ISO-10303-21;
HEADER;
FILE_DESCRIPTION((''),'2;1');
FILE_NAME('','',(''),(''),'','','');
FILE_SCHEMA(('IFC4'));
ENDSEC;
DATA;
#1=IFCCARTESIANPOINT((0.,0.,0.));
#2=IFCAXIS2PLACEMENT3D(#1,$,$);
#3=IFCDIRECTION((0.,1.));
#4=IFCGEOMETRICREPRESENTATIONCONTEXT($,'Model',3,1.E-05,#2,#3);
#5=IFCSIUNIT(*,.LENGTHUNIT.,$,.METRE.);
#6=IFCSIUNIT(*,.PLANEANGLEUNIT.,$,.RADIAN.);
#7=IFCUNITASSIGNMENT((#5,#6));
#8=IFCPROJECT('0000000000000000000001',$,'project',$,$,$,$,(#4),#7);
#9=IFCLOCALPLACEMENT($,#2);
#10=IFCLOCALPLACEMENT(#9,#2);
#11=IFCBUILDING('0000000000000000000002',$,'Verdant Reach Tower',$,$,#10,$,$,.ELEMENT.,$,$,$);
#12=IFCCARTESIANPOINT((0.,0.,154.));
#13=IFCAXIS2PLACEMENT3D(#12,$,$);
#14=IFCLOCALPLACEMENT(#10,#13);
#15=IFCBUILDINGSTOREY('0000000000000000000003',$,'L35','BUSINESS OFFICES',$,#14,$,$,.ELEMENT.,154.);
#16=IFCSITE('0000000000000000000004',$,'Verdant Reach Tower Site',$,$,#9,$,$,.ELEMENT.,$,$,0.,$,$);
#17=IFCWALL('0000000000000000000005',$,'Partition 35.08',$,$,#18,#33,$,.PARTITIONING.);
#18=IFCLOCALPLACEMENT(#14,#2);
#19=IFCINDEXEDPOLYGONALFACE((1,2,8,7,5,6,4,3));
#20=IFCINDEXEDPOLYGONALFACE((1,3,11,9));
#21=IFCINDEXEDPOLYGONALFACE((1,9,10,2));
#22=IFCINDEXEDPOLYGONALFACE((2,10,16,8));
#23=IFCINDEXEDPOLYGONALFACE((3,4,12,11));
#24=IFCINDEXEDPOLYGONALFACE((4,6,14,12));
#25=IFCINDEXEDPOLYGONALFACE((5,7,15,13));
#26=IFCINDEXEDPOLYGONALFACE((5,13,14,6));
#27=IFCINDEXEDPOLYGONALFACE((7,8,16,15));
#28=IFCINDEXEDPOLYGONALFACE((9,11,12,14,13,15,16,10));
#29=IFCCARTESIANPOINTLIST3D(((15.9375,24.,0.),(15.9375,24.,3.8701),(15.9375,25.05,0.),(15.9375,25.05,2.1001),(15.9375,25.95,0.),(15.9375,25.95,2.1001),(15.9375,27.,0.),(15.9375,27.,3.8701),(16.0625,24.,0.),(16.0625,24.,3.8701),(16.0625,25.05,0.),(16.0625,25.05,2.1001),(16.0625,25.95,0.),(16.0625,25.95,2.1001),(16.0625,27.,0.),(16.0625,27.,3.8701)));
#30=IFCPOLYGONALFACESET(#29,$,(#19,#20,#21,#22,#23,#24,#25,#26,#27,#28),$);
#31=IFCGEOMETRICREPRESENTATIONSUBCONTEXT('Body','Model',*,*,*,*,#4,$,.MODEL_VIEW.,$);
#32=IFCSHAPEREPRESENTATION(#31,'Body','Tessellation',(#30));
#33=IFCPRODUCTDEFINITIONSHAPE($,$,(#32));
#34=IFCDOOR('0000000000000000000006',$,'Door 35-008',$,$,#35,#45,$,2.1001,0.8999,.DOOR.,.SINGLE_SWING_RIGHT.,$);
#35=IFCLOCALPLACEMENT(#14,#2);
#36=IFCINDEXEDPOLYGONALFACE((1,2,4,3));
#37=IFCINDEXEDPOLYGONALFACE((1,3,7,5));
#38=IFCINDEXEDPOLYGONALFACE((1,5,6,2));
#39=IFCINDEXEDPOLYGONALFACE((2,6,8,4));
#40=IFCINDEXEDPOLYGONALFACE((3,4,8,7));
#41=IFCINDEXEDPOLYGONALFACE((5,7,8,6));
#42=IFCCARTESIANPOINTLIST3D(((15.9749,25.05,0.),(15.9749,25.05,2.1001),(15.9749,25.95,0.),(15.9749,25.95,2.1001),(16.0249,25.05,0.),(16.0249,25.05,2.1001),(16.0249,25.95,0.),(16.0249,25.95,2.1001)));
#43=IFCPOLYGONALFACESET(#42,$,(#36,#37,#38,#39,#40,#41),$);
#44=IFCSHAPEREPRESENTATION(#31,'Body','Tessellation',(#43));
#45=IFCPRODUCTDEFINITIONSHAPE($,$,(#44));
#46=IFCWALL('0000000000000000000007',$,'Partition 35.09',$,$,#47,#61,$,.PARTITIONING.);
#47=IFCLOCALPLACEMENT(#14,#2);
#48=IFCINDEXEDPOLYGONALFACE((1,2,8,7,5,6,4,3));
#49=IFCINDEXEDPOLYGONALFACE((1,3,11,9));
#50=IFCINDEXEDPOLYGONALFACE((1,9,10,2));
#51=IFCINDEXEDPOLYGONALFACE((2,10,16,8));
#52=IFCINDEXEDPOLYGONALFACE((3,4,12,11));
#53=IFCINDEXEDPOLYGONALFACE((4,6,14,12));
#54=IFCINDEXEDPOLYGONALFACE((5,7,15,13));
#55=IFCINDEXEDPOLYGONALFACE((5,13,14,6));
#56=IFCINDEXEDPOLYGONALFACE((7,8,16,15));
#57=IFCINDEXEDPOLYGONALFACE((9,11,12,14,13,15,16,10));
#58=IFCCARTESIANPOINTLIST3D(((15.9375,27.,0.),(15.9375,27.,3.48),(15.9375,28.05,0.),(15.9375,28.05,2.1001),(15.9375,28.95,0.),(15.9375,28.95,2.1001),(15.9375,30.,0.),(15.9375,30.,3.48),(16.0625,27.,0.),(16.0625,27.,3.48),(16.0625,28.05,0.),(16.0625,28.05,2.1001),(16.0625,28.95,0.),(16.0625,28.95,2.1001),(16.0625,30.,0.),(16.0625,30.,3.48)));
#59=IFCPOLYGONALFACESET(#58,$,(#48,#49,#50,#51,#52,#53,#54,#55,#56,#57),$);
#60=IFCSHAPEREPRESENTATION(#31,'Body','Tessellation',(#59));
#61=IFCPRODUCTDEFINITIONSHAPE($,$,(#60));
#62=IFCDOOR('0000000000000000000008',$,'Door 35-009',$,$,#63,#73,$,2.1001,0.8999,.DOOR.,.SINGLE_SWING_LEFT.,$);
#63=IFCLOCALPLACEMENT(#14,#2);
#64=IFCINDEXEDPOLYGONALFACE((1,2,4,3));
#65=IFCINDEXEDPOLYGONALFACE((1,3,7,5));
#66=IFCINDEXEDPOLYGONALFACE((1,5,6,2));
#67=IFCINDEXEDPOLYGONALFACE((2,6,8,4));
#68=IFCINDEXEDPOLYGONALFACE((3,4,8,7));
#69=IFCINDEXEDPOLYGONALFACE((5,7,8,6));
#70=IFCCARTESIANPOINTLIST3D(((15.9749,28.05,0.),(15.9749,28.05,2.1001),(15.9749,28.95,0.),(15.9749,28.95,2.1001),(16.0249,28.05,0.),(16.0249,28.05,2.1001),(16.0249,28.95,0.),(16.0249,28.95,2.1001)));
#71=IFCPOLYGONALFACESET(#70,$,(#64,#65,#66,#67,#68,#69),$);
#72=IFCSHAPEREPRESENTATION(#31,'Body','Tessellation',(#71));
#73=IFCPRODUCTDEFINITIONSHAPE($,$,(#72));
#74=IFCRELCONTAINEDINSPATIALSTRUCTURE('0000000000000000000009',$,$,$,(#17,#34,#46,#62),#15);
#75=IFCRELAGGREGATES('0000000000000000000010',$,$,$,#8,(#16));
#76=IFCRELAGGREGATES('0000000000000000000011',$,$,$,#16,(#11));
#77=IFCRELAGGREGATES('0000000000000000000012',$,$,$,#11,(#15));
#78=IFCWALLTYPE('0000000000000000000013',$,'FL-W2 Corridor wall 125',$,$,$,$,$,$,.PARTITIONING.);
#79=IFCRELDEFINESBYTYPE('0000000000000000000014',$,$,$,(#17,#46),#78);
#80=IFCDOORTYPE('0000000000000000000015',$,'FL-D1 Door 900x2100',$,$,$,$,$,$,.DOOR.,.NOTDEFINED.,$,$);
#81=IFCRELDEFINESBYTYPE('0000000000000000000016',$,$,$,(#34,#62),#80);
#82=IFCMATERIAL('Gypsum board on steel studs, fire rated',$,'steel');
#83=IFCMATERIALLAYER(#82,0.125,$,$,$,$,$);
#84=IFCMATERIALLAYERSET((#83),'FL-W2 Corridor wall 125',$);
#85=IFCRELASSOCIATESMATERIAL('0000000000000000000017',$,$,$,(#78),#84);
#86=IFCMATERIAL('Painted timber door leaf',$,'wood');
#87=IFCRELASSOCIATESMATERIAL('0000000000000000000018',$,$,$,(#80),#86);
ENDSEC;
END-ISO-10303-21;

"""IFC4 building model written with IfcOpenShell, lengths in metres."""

from ifc_helpers import new_model, si_unit, direction, frame, frame_2d, origin, place, context, subcontext, project, spatial, rectangle, extrude, material, layer, layer_set, type_object, element, fill, save


model = new_model("IFC4")

# Units and contexts
model_context = context("Model", 3, precision=1e-05, world=origin(), true_north=direction((0.0, 1.0)))
body_context = subcontext(model_context, "Body", "Model", "MODEL_VIEW")
ifc_project = project(units=[si_unit("LENGTHUNIT", "METRE"), si_unit("PLANEANGLEUNIT", "RADIAN")], contexts=[model_context])

# Site, building, storey
site_placement = place(None, origin())
site = spatial("IfcSite", under=ifc_project, at=site_placement, Name="Verdant Reach Tower Site", CompositionType="ELEMENT", RefElevation=0.0)
building_placement = place(site_placement, origin())
building = spatial("IfcBuilding", under=site, at=building_placement, Name="Verdant Reach Tower", CompositionType="ELEMENT")
storey_placement = place(building_placement, frame((0.0, 0.0, 154.0)))
storey = spatial("IfcBuildingStorey", under=building, at=storey_placement, Name="L35", Description="BUSINESS OFFICES", CompositionType="ELEMENT", Elevation=154.0)

# Walls, openings, doors
ifc_material_1 = material(Name="Gypsum board on steel studs, fire rated", Category="steel")
ifc_layer_1 = layer(ifc_material_1, 0.125)
ifc_layer_set_1 = layer_set([ifc_layer_1], Name="FL-W2 Corridor wall 125")
wall_type_1 = type_object("IfcWallType", Name="FL-W2 Corridor wall 125", PredefinedType="PARTITIONING", material=ifc_layer_set_1)
ifc_material_2 = material(Name="Painted timber door leaf", Category="wood")
door_type_1 = type_object("IfcDoorType", Name="FL-D1 Door 900x2100", OperationType="NOTDEFINED", PredefinedType="DOOR", material=ifc_material_2)
wall_1_placement = place(storey_placement, frame((16.0, 27.0, 0.0), z_axis=(0.0, 0.0, 1.0), x_axis=(0.0, -1.0, 0.0)))
wall_1 = element("IfcWall", 1, at=wall_1_placement, inside=storey, type_object=wall_type_1, Name="Partition 35.08", PredefinedType="PARTITIONING", context=body_context, shape_type="SweptSolid", body=[
    extrude(rectangle(XDim=3.0, YDim=0.125, at=frame_2d((1.5, 0.0))), origin(), (0.0, 0.0, 1.0), 3.8701),
])
opening_1_placement = place(wall_1_placement, frame((1.05, 0.0, 0.0)))
opening_1 = element("IfcOpeningElement", 2, at=opening_1_placement, cuts=wall_1, PredefinedType="OPENING", context=body_context, shape_type="SweptSolid", body=[
    extrude(rectangle(XDim=0.8999, YDim=2.1001, at=frame_2d((0.45, 1.05))), frame((0.0, 0.0725, 0.0), z_axis=(0.0, -1.0, 0.0), x_axis=(1.0, 0.0, 0.0)), (0.0, 0.0, 1.0), 0.145),
])
door_1_placement = place(opening_1_placement, origin())
door_1 = element("IfcDoor", 3, at=door_1_placement, inside=storey, type_object=door_type_1, Name="Door 35-008", OperationType="SINGLE_SWING_RIGHT", OverallHeight=2.1001, OverallWidth=0.8999, PredefinedType="DOOR", context=body_context, shape_type="SweptSolid", body=[
    extrude(rectangle(XDim=0.8999, YDim=2.1001, at=frame_2d((0.45, 1.05))), frame((0.0, 0.0249, 0.0), z_axis=(0.0, -1.0, 0.0), x_axis=(1.0, 0.0, 0.0)), (0.0, 0.0, 1.0), 0.05),
])
fill(opening_1, door_1)
wall_2_placement = place(storey_placement, frame((16.0, 30.0, 0.0), z_axis=(0.0, 0.0, 1.0), x_axis=(0.0, -1.0, 0.0)))
wall_2 = element("IfcWall", 4, at=wall_2_placement, inside=storey, type_object=wall_type_1, Name="Partition 35.09", PredefinedType="PARTITIONING", context=body_context, shape_type="SweptSolid", body=[
    extrude(rectangle(XDim=3.0, YDim=0.125, at=frame_2d((1.5, 0.0))), origin(), (0.0, 0.0, 1.0), 3.48),
])
opening_2_placement = place(wall_2_placement, frame((1.05, 0.0, 0.0)))
opening_2 = element("IfcOpeningElement", 5, at=opening_2_placement, cuts=wall_2, PredefinedType="OPENING", context=body_context, shape_type="SweptSolid", body=[
    extrude(rectangle(XDim=0.8999, YDim=2.1001, at=frame_2d((0.45, 1.05))), frame((0.0, 0.0725, 0.0), z_axis=(0.0, -1.0, 0.0), x_axis=(1.0, 0.0, 0.0)), (0.0, 0.0, 1.0), 0.145),
])
door_2_placement = place(opening_2_placement, origin())
door_2 = element("IfcDoor", 6, at=door_2_placement, inside=storey, type_object=door_type_1, Name="Door 35-009", OperationType="SINGLE_SWING_LEFT", OverallHeight=2.1001, OverallWidth=0.8999, PredefinedType="DOOR", context=body_context, shape_type="SweptSolid", body=[
    extrude(rectangle(XDim=0.8999, YDim=2.1001, at=frame_2d((0.45, 1.05))), frame((0.0, 0.0249, 0.0), z_axis=(0.0, -1.0, 0.0), x_axis=(1.0, 0.0, 0.0)), (0.0, 0.0, 1.0), 0.05),
])
fill(opening_2, door_2)

save(model, "model.ifc")
